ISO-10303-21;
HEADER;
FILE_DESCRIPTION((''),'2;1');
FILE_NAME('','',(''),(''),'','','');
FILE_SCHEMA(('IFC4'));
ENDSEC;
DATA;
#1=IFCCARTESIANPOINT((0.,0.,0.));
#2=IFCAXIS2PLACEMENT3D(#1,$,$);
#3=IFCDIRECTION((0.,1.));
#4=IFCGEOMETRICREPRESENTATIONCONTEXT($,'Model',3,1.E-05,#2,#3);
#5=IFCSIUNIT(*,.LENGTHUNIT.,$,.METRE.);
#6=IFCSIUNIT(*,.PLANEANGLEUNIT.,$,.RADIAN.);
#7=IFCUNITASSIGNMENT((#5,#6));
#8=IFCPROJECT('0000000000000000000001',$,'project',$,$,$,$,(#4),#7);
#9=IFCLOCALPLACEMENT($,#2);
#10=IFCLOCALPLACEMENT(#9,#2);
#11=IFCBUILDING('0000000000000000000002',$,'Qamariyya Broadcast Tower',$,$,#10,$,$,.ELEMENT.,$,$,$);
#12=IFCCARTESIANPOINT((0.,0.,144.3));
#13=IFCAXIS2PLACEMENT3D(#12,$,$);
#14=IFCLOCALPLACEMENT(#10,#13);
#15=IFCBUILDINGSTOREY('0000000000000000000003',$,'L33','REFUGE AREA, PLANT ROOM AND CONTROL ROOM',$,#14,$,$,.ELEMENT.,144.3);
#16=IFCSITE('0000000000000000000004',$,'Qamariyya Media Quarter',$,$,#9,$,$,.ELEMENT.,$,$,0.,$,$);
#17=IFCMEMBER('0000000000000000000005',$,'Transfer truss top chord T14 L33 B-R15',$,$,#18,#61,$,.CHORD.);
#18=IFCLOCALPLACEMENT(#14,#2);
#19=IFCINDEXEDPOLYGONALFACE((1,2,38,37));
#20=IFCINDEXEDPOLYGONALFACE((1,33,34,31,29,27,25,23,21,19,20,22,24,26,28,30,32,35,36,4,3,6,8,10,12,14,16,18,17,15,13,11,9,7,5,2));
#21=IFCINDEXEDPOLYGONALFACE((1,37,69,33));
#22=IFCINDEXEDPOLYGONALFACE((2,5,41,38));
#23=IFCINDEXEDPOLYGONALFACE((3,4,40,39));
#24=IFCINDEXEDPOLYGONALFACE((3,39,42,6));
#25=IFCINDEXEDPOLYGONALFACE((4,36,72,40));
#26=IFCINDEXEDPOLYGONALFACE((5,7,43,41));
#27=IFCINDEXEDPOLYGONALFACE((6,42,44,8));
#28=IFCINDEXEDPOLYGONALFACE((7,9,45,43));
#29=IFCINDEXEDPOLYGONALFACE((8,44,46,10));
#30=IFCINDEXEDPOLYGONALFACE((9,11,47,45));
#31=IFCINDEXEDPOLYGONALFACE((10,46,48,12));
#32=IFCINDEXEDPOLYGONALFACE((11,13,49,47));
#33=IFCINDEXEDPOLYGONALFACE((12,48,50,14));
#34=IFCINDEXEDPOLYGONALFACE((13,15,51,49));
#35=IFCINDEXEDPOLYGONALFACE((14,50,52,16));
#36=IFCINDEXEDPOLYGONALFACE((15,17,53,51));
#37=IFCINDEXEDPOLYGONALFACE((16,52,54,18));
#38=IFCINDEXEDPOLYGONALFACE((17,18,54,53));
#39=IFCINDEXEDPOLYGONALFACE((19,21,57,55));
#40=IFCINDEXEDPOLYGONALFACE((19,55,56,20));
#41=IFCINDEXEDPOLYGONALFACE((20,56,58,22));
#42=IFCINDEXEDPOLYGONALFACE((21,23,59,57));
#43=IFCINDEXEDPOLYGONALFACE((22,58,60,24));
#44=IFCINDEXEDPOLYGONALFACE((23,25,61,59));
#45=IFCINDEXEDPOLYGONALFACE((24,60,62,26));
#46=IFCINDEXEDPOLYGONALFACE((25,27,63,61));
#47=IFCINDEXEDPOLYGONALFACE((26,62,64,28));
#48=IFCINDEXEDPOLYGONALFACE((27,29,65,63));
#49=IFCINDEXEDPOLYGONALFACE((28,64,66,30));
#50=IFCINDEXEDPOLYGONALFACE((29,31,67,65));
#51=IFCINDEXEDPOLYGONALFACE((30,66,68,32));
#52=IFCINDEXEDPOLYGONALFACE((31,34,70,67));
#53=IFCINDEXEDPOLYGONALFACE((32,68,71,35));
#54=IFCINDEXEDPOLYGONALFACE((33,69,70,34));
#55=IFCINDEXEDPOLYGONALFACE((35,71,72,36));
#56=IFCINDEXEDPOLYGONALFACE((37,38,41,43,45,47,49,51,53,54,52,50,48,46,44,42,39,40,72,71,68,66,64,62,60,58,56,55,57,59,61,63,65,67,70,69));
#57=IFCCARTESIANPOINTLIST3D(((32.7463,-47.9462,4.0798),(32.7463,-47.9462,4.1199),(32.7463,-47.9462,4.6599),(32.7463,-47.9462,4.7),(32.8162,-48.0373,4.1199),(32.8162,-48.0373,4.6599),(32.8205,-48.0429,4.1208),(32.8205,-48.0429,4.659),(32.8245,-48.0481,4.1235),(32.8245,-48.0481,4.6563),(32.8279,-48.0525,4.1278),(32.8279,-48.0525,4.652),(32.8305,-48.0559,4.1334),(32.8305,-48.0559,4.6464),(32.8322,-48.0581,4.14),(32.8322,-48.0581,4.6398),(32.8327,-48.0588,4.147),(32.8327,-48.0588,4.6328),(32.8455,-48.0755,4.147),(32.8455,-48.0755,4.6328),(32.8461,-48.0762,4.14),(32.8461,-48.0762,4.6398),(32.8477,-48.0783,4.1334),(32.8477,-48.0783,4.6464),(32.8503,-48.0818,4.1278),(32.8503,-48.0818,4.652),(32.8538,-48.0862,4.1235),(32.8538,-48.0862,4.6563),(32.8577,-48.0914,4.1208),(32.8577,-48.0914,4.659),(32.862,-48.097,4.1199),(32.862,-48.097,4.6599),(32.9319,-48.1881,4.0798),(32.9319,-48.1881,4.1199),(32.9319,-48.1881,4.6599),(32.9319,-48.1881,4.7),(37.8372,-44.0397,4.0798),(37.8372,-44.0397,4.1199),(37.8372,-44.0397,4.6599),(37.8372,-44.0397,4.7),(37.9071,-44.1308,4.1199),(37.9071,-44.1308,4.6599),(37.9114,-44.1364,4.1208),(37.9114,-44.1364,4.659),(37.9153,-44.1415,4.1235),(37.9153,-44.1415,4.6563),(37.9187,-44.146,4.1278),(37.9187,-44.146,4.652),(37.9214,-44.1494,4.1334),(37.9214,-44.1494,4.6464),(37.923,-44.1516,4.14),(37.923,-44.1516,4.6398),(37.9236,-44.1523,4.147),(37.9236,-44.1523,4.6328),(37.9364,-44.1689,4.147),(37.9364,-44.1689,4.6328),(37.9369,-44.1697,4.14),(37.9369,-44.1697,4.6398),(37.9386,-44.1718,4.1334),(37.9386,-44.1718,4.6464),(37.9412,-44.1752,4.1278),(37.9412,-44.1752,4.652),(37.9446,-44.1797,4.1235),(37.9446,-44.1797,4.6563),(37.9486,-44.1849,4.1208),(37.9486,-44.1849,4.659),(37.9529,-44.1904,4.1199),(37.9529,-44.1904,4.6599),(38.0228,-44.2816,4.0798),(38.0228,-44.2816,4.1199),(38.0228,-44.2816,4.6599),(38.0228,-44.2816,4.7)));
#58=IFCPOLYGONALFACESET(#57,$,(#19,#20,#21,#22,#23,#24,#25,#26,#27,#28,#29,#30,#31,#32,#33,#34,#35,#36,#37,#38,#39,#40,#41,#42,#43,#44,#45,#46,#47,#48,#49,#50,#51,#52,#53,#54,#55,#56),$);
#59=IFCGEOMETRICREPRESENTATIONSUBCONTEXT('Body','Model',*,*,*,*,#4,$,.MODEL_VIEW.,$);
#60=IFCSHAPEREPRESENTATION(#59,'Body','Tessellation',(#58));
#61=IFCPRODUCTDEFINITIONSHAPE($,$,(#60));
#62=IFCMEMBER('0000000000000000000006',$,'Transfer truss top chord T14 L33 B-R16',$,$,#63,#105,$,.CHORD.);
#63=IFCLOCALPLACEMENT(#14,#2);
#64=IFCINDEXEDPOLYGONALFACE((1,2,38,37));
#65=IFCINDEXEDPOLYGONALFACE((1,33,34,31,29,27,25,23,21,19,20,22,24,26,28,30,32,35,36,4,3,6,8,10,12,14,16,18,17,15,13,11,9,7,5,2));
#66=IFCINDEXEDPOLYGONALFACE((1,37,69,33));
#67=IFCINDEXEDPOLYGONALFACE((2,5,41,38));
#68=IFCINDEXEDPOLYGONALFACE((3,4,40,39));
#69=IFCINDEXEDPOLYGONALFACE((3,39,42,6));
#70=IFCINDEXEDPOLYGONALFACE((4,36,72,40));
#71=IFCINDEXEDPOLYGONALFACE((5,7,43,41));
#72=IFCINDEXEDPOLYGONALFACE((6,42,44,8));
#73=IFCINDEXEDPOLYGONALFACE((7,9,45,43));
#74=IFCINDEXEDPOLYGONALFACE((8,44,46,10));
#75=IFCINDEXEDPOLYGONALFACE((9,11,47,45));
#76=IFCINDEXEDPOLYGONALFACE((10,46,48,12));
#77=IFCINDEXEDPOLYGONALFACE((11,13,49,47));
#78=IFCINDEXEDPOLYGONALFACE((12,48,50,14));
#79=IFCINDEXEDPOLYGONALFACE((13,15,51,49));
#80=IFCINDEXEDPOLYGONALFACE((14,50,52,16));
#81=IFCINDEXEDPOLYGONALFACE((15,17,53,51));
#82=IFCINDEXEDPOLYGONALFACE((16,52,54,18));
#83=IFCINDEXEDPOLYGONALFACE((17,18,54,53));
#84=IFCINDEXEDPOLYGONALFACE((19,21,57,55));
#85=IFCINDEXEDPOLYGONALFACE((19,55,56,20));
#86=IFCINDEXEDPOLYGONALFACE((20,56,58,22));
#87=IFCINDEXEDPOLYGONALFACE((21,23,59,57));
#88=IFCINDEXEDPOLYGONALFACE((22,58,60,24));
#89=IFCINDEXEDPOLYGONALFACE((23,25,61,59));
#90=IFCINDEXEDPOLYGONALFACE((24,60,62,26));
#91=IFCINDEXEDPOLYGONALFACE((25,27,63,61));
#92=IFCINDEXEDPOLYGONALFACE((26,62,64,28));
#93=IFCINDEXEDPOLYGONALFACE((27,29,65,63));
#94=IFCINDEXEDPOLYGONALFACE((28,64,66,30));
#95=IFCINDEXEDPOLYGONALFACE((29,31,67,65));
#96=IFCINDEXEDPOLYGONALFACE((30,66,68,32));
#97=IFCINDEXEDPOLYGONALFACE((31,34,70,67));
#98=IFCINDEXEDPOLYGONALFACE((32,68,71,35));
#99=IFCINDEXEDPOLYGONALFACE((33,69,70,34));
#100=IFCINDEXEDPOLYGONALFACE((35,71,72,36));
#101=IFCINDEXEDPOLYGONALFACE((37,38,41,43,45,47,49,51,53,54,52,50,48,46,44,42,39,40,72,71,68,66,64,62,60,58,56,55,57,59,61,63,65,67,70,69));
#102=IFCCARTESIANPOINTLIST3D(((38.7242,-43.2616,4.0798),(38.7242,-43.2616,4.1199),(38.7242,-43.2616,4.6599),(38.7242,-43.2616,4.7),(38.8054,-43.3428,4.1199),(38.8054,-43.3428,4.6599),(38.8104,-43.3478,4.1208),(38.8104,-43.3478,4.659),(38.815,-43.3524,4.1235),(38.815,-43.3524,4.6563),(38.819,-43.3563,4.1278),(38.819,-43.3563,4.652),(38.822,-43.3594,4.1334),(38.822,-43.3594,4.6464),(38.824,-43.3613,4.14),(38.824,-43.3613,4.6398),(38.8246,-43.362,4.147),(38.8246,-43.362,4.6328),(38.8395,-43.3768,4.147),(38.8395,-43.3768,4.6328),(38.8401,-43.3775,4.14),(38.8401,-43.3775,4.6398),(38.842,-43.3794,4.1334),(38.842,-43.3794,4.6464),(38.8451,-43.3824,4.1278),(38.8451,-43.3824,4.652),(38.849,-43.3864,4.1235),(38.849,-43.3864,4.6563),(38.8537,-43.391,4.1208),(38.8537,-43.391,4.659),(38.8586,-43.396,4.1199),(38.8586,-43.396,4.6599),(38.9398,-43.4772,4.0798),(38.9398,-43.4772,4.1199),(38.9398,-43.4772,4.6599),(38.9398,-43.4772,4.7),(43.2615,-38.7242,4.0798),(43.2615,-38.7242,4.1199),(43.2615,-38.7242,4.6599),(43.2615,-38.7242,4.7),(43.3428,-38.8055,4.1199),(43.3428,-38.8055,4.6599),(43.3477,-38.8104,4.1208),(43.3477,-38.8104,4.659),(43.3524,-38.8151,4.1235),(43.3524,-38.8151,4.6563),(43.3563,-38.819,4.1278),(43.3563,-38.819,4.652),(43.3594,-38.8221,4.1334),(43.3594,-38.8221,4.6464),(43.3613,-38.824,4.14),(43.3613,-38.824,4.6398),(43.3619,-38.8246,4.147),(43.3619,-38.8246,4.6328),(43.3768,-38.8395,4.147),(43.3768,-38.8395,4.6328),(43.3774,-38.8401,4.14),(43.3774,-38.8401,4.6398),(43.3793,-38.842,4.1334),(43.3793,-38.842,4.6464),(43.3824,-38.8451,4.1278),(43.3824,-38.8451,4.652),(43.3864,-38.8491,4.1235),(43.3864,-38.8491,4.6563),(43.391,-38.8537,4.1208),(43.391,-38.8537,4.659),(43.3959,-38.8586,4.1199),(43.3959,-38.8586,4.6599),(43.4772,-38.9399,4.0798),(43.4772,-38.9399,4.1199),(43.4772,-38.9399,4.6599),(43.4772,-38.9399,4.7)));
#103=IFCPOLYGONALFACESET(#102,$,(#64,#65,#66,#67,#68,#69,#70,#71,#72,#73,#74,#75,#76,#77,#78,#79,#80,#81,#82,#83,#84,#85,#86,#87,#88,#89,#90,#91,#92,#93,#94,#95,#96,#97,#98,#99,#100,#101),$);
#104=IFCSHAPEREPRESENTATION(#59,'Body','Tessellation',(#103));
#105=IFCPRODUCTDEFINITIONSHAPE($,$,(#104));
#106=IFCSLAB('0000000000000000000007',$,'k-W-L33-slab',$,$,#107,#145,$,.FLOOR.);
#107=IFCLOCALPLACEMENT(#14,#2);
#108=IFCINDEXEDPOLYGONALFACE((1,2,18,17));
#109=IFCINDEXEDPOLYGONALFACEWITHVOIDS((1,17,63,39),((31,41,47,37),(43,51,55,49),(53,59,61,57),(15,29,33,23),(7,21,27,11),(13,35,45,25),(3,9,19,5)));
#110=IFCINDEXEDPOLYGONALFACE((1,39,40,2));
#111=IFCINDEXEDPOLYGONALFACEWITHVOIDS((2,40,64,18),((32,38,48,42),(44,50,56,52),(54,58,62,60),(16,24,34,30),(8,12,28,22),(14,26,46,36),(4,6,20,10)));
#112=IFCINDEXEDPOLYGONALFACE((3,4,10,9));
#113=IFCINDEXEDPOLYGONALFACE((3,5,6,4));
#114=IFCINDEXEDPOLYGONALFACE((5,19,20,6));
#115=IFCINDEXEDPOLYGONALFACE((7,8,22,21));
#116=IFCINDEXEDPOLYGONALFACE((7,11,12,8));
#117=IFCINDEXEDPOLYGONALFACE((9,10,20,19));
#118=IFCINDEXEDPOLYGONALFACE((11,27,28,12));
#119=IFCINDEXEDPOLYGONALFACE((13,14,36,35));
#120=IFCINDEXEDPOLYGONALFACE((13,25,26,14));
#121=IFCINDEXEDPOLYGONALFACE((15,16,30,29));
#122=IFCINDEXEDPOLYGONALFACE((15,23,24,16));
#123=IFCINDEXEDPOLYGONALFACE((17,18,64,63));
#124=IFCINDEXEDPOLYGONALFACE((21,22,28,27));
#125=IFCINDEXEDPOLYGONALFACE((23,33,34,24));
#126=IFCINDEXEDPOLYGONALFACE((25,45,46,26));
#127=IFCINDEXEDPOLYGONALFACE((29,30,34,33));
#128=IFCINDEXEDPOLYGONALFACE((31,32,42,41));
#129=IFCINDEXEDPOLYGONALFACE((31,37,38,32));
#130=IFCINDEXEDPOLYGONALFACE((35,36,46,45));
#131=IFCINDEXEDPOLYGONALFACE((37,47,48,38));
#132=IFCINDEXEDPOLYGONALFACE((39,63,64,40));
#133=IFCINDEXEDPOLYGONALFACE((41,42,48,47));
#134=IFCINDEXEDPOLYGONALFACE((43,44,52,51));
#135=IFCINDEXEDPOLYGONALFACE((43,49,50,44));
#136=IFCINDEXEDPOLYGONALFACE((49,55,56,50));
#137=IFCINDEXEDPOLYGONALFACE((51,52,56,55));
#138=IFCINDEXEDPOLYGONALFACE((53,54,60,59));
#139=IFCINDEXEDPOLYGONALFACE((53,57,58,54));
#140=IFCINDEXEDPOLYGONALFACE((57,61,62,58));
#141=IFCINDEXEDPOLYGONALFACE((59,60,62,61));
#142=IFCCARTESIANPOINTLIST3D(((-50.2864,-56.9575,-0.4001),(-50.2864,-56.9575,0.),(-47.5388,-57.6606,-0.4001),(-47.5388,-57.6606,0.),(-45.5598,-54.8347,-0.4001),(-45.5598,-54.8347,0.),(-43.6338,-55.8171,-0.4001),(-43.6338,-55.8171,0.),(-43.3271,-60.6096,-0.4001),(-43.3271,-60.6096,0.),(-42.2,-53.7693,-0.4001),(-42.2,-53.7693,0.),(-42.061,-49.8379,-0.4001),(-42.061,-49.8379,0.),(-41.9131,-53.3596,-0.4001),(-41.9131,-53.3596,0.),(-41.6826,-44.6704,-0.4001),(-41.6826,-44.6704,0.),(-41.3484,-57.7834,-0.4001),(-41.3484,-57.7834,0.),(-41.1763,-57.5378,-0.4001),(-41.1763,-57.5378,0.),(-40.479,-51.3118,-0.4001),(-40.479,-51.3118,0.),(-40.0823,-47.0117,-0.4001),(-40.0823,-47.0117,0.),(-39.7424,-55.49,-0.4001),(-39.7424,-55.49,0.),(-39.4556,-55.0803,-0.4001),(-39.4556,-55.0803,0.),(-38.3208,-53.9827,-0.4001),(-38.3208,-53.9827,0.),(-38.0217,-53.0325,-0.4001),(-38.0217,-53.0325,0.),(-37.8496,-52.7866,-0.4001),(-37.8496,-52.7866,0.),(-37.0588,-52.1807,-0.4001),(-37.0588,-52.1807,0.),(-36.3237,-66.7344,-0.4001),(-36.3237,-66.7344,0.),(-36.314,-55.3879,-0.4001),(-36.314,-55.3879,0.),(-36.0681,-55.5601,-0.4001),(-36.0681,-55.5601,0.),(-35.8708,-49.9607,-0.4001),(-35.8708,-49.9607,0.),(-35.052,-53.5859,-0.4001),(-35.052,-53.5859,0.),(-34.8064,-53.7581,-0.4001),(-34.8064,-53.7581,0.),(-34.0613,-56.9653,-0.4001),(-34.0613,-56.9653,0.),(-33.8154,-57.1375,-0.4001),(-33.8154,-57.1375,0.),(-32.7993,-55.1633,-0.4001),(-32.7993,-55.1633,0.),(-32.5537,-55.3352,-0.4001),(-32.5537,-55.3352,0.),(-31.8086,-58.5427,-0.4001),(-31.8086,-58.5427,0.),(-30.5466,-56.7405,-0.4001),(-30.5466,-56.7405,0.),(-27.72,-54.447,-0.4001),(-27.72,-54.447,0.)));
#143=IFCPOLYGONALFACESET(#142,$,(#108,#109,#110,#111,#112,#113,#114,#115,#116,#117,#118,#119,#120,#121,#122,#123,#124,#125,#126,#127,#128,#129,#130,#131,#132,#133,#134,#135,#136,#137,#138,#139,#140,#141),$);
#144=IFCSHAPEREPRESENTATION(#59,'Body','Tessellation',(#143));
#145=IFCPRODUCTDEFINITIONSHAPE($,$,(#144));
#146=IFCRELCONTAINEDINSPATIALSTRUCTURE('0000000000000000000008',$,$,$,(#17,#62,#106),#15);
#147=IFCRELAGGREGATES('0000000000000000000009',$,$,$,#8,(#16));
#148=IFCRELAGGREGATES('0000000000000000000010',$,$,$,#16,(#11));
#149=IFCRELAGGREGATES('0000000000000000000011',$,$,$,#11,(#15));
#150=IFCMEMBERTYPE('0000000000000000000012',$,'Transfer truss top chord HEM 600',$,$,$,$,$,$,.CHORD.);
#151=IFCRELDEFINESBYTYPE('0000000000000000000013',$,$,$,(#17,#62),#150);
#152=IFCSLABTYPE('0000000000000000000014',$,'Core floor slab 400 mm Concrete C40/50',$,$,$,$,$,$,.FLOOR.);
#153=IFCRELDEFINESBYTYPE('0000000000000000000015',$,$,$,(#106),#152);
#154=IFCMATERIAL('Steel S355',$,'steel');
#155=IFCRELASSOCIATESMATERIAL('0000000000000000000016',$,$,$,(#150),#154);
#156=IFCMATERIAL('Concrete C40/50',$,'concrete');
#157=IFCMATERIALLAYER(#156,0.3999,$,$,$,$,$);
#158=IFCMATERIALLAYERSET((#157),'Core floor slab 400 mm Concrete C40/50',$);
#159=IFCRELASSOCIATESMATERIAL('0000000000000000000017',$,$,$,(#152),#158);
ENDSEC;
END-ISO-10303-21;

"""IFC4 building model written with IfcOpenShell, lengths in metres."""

from ifc_helpers import new_model, si_unit, direction, frame, origin, origin_2d, place, context, subcontext, project, spatial, polyline, i_section, outline, extrude, material, layer, layer_set, material_profile, profile_set, type_object, element, save


model = new_model("IFC4")

# Units and contexts
model_context = context("Model", 3, precision=1e-05, world=origin(), true_north=direction((0.0, 1.0)))
body_context = subcontext(model_context, "Body", "Model", "MODEL_VIEW")
ifc_project = project(units=[si_unit("LENGTHUNIT", "METRE"), si_unit("PLANEANGLEUNIT", "RADIAN")], contexts=[model_context])

# Site, building, storey
site_placement = place(None, origin())
site = spatial("IfcSite", under=ifc_project, at=site_placement, Name="Qamariyya Media Quarter", CompositionType="ELEMENT", RefElevation=0.0)
building_placement = place(site_placement, origin())
building = spatial("IfcBuilding", under=site, at=building_placement, Name="Qamariyya Broadcast Tower", CompositionType="ELEMENT")
storey_placement = place(building_placement, frame((0.0, 0.0, 144.3)))
storey = spatial("IfcBuildingStorey", under=building, at=storey_placement, Name="L33", Description="REFUGE AREA, PLANT ROOM AND CONTROL ROOM", CompositionType="ELEMENT", Elevation=144.3)

# Members
ifc_material_1 = material(Name="Steel S355", Category="steel")
ifc_material_profile_1 = material_profile(ifc_material_1, i_section(OverallWidth=0.3049, OverallDepth=0.6201, WebThickness=0.021, FlangeThickness=0.04, FilletRadius=0.0271, at=origin_2d()))
ifc_profile_set_1 = profile_set([ifc_material_profile_1], Name="Steel S355")
member_type_1 = type_object("IfcMemberType", Name="Transfer truss top chord HEM 600", PredefinedType="CHORD", material=ifc_profile_set_1)
member_1_placement = place(storey_placement, frame((32.8391, -48.0671, 4.3899), z_axis=(0.793341, 0.608778, 0.0), x_axis=(-0.608778, 0.793341, 0.0)))
element("IfcMember", 1, at=member_1_placement, inside=storey, type_object=member_type_1, Name="Transfer truss top chord T14 L33 B-R15", PredefinedType="CHORD", context=body_context, shape_type="SweptSolid", body=[
    extrude(i_section(OverallWidth=0.3049, OverallDepth=0.6201, WebThickness=0.021, FlangeThickness=0.04, FilletRadius=0.0271, at=origin_2d()), origin(), (0.0, 0.0, 1.0), 6.417),
])
member_2_placement = place(storey_placement, frame((38.832, -43.3694, 4.3899), z_axis=(0.707107, 0.707107, 0.0), x_axis=(-0.707107, 0.707107, 0.0)))
element("IfcMember", 2, at=member_2_placement, inside=storey, type_object=member_type_1, Name="Transfer truss top chord T14 L33 B-R16", PredefinedType="CHORD", context=body_context, shape_type="SweptSolid", body=[
    extrude(i_section(OverallWidth=0.3049, OverallDepth=0.6201, WebThickness=0.021, FlangeThickness=0.04, FilletRadius=0.0271, at=origin_2d()), origin(), (0.0, 0.0, 1.0), 6.4167),
])

# Slab
ifc_material_2 = material(Name="Concrete C40/50", Category="concrete")
ifc_layer_1 = layer(ifc_material_2, 0.3999)
ifc_layer_set_1 = layer_set([ifc_layer_1], Name="Core floor slab 400 mm Concrete C40/50")
slab_type_1 = type_object("IfcSlabType", Name="Core floor slab 400 mm Concrete C40/50", PredefinedType="FLOOR", material=ifc_layer_set_1)
slab_1_placement = place(storey_placement, frame((0.0, 0.0, -0.4001)))
element("IfcSlab", 3, at=slab_1_placement, inside=storey, type_object=slab_type_1, Name="k-W-L33-slab", PredefinedType="FLOOR", context=body_context, shape_type="SweptSolid", body=[
    extrude(outline(polyline([(-50.2864, -56.9575), (-36.3237, -66.7344), (-27.72, -54.447), (-41.6826, -44.6704), (-50.2864, -56.9575)]), holes=[polyline([(-31.8086, -58.5427), (-33.8154, -57.1375), (-32.5537, -55.3352), (-30.5466, -56.7405), (-31.8086, -58.5427)]), polyline([(-34.0613, -56.9653), (-36.0681, -55.5601), (-34.8064, -53.7581), (-32.7993, -55.1633), (-34.0613, -56.9653)]), polyline([(-36.314, -55.3879), (-38.3208, -53.9827), (-37.0588, -52.1807), (-35.052, -53.5859), (-36.314, -55.3879)]), polyline([(-39.7424, -55.49), (-42.2, -53.7693), (-43.6338, -55.8171), (-41.1763, -57.5378), (-39.7424, -55.49)]), polyline([(-39.4556, -55.0803), (-41.9131, -53.3596), (-40.479, -51.3118), (-38.0217, -53.0325), (-39.4556, -55.0803)]), polyline([(-42.061, -49.8379), (-37.8496, -52.7866), (-35.8708, -49.9607), (-40.0823, -47.0117), (-42.061, -49.8379)]), polyline([(-47.5388, -57.6606), (-43.3271, -60.6096), (-41.3484, -57.7834), (-45.5598, -54.8347), (-47.5388, -57.6606)])]), origin(), (0.0, 0.0, 1.0), 0.4001),
])

save(model, "model.ifc")
